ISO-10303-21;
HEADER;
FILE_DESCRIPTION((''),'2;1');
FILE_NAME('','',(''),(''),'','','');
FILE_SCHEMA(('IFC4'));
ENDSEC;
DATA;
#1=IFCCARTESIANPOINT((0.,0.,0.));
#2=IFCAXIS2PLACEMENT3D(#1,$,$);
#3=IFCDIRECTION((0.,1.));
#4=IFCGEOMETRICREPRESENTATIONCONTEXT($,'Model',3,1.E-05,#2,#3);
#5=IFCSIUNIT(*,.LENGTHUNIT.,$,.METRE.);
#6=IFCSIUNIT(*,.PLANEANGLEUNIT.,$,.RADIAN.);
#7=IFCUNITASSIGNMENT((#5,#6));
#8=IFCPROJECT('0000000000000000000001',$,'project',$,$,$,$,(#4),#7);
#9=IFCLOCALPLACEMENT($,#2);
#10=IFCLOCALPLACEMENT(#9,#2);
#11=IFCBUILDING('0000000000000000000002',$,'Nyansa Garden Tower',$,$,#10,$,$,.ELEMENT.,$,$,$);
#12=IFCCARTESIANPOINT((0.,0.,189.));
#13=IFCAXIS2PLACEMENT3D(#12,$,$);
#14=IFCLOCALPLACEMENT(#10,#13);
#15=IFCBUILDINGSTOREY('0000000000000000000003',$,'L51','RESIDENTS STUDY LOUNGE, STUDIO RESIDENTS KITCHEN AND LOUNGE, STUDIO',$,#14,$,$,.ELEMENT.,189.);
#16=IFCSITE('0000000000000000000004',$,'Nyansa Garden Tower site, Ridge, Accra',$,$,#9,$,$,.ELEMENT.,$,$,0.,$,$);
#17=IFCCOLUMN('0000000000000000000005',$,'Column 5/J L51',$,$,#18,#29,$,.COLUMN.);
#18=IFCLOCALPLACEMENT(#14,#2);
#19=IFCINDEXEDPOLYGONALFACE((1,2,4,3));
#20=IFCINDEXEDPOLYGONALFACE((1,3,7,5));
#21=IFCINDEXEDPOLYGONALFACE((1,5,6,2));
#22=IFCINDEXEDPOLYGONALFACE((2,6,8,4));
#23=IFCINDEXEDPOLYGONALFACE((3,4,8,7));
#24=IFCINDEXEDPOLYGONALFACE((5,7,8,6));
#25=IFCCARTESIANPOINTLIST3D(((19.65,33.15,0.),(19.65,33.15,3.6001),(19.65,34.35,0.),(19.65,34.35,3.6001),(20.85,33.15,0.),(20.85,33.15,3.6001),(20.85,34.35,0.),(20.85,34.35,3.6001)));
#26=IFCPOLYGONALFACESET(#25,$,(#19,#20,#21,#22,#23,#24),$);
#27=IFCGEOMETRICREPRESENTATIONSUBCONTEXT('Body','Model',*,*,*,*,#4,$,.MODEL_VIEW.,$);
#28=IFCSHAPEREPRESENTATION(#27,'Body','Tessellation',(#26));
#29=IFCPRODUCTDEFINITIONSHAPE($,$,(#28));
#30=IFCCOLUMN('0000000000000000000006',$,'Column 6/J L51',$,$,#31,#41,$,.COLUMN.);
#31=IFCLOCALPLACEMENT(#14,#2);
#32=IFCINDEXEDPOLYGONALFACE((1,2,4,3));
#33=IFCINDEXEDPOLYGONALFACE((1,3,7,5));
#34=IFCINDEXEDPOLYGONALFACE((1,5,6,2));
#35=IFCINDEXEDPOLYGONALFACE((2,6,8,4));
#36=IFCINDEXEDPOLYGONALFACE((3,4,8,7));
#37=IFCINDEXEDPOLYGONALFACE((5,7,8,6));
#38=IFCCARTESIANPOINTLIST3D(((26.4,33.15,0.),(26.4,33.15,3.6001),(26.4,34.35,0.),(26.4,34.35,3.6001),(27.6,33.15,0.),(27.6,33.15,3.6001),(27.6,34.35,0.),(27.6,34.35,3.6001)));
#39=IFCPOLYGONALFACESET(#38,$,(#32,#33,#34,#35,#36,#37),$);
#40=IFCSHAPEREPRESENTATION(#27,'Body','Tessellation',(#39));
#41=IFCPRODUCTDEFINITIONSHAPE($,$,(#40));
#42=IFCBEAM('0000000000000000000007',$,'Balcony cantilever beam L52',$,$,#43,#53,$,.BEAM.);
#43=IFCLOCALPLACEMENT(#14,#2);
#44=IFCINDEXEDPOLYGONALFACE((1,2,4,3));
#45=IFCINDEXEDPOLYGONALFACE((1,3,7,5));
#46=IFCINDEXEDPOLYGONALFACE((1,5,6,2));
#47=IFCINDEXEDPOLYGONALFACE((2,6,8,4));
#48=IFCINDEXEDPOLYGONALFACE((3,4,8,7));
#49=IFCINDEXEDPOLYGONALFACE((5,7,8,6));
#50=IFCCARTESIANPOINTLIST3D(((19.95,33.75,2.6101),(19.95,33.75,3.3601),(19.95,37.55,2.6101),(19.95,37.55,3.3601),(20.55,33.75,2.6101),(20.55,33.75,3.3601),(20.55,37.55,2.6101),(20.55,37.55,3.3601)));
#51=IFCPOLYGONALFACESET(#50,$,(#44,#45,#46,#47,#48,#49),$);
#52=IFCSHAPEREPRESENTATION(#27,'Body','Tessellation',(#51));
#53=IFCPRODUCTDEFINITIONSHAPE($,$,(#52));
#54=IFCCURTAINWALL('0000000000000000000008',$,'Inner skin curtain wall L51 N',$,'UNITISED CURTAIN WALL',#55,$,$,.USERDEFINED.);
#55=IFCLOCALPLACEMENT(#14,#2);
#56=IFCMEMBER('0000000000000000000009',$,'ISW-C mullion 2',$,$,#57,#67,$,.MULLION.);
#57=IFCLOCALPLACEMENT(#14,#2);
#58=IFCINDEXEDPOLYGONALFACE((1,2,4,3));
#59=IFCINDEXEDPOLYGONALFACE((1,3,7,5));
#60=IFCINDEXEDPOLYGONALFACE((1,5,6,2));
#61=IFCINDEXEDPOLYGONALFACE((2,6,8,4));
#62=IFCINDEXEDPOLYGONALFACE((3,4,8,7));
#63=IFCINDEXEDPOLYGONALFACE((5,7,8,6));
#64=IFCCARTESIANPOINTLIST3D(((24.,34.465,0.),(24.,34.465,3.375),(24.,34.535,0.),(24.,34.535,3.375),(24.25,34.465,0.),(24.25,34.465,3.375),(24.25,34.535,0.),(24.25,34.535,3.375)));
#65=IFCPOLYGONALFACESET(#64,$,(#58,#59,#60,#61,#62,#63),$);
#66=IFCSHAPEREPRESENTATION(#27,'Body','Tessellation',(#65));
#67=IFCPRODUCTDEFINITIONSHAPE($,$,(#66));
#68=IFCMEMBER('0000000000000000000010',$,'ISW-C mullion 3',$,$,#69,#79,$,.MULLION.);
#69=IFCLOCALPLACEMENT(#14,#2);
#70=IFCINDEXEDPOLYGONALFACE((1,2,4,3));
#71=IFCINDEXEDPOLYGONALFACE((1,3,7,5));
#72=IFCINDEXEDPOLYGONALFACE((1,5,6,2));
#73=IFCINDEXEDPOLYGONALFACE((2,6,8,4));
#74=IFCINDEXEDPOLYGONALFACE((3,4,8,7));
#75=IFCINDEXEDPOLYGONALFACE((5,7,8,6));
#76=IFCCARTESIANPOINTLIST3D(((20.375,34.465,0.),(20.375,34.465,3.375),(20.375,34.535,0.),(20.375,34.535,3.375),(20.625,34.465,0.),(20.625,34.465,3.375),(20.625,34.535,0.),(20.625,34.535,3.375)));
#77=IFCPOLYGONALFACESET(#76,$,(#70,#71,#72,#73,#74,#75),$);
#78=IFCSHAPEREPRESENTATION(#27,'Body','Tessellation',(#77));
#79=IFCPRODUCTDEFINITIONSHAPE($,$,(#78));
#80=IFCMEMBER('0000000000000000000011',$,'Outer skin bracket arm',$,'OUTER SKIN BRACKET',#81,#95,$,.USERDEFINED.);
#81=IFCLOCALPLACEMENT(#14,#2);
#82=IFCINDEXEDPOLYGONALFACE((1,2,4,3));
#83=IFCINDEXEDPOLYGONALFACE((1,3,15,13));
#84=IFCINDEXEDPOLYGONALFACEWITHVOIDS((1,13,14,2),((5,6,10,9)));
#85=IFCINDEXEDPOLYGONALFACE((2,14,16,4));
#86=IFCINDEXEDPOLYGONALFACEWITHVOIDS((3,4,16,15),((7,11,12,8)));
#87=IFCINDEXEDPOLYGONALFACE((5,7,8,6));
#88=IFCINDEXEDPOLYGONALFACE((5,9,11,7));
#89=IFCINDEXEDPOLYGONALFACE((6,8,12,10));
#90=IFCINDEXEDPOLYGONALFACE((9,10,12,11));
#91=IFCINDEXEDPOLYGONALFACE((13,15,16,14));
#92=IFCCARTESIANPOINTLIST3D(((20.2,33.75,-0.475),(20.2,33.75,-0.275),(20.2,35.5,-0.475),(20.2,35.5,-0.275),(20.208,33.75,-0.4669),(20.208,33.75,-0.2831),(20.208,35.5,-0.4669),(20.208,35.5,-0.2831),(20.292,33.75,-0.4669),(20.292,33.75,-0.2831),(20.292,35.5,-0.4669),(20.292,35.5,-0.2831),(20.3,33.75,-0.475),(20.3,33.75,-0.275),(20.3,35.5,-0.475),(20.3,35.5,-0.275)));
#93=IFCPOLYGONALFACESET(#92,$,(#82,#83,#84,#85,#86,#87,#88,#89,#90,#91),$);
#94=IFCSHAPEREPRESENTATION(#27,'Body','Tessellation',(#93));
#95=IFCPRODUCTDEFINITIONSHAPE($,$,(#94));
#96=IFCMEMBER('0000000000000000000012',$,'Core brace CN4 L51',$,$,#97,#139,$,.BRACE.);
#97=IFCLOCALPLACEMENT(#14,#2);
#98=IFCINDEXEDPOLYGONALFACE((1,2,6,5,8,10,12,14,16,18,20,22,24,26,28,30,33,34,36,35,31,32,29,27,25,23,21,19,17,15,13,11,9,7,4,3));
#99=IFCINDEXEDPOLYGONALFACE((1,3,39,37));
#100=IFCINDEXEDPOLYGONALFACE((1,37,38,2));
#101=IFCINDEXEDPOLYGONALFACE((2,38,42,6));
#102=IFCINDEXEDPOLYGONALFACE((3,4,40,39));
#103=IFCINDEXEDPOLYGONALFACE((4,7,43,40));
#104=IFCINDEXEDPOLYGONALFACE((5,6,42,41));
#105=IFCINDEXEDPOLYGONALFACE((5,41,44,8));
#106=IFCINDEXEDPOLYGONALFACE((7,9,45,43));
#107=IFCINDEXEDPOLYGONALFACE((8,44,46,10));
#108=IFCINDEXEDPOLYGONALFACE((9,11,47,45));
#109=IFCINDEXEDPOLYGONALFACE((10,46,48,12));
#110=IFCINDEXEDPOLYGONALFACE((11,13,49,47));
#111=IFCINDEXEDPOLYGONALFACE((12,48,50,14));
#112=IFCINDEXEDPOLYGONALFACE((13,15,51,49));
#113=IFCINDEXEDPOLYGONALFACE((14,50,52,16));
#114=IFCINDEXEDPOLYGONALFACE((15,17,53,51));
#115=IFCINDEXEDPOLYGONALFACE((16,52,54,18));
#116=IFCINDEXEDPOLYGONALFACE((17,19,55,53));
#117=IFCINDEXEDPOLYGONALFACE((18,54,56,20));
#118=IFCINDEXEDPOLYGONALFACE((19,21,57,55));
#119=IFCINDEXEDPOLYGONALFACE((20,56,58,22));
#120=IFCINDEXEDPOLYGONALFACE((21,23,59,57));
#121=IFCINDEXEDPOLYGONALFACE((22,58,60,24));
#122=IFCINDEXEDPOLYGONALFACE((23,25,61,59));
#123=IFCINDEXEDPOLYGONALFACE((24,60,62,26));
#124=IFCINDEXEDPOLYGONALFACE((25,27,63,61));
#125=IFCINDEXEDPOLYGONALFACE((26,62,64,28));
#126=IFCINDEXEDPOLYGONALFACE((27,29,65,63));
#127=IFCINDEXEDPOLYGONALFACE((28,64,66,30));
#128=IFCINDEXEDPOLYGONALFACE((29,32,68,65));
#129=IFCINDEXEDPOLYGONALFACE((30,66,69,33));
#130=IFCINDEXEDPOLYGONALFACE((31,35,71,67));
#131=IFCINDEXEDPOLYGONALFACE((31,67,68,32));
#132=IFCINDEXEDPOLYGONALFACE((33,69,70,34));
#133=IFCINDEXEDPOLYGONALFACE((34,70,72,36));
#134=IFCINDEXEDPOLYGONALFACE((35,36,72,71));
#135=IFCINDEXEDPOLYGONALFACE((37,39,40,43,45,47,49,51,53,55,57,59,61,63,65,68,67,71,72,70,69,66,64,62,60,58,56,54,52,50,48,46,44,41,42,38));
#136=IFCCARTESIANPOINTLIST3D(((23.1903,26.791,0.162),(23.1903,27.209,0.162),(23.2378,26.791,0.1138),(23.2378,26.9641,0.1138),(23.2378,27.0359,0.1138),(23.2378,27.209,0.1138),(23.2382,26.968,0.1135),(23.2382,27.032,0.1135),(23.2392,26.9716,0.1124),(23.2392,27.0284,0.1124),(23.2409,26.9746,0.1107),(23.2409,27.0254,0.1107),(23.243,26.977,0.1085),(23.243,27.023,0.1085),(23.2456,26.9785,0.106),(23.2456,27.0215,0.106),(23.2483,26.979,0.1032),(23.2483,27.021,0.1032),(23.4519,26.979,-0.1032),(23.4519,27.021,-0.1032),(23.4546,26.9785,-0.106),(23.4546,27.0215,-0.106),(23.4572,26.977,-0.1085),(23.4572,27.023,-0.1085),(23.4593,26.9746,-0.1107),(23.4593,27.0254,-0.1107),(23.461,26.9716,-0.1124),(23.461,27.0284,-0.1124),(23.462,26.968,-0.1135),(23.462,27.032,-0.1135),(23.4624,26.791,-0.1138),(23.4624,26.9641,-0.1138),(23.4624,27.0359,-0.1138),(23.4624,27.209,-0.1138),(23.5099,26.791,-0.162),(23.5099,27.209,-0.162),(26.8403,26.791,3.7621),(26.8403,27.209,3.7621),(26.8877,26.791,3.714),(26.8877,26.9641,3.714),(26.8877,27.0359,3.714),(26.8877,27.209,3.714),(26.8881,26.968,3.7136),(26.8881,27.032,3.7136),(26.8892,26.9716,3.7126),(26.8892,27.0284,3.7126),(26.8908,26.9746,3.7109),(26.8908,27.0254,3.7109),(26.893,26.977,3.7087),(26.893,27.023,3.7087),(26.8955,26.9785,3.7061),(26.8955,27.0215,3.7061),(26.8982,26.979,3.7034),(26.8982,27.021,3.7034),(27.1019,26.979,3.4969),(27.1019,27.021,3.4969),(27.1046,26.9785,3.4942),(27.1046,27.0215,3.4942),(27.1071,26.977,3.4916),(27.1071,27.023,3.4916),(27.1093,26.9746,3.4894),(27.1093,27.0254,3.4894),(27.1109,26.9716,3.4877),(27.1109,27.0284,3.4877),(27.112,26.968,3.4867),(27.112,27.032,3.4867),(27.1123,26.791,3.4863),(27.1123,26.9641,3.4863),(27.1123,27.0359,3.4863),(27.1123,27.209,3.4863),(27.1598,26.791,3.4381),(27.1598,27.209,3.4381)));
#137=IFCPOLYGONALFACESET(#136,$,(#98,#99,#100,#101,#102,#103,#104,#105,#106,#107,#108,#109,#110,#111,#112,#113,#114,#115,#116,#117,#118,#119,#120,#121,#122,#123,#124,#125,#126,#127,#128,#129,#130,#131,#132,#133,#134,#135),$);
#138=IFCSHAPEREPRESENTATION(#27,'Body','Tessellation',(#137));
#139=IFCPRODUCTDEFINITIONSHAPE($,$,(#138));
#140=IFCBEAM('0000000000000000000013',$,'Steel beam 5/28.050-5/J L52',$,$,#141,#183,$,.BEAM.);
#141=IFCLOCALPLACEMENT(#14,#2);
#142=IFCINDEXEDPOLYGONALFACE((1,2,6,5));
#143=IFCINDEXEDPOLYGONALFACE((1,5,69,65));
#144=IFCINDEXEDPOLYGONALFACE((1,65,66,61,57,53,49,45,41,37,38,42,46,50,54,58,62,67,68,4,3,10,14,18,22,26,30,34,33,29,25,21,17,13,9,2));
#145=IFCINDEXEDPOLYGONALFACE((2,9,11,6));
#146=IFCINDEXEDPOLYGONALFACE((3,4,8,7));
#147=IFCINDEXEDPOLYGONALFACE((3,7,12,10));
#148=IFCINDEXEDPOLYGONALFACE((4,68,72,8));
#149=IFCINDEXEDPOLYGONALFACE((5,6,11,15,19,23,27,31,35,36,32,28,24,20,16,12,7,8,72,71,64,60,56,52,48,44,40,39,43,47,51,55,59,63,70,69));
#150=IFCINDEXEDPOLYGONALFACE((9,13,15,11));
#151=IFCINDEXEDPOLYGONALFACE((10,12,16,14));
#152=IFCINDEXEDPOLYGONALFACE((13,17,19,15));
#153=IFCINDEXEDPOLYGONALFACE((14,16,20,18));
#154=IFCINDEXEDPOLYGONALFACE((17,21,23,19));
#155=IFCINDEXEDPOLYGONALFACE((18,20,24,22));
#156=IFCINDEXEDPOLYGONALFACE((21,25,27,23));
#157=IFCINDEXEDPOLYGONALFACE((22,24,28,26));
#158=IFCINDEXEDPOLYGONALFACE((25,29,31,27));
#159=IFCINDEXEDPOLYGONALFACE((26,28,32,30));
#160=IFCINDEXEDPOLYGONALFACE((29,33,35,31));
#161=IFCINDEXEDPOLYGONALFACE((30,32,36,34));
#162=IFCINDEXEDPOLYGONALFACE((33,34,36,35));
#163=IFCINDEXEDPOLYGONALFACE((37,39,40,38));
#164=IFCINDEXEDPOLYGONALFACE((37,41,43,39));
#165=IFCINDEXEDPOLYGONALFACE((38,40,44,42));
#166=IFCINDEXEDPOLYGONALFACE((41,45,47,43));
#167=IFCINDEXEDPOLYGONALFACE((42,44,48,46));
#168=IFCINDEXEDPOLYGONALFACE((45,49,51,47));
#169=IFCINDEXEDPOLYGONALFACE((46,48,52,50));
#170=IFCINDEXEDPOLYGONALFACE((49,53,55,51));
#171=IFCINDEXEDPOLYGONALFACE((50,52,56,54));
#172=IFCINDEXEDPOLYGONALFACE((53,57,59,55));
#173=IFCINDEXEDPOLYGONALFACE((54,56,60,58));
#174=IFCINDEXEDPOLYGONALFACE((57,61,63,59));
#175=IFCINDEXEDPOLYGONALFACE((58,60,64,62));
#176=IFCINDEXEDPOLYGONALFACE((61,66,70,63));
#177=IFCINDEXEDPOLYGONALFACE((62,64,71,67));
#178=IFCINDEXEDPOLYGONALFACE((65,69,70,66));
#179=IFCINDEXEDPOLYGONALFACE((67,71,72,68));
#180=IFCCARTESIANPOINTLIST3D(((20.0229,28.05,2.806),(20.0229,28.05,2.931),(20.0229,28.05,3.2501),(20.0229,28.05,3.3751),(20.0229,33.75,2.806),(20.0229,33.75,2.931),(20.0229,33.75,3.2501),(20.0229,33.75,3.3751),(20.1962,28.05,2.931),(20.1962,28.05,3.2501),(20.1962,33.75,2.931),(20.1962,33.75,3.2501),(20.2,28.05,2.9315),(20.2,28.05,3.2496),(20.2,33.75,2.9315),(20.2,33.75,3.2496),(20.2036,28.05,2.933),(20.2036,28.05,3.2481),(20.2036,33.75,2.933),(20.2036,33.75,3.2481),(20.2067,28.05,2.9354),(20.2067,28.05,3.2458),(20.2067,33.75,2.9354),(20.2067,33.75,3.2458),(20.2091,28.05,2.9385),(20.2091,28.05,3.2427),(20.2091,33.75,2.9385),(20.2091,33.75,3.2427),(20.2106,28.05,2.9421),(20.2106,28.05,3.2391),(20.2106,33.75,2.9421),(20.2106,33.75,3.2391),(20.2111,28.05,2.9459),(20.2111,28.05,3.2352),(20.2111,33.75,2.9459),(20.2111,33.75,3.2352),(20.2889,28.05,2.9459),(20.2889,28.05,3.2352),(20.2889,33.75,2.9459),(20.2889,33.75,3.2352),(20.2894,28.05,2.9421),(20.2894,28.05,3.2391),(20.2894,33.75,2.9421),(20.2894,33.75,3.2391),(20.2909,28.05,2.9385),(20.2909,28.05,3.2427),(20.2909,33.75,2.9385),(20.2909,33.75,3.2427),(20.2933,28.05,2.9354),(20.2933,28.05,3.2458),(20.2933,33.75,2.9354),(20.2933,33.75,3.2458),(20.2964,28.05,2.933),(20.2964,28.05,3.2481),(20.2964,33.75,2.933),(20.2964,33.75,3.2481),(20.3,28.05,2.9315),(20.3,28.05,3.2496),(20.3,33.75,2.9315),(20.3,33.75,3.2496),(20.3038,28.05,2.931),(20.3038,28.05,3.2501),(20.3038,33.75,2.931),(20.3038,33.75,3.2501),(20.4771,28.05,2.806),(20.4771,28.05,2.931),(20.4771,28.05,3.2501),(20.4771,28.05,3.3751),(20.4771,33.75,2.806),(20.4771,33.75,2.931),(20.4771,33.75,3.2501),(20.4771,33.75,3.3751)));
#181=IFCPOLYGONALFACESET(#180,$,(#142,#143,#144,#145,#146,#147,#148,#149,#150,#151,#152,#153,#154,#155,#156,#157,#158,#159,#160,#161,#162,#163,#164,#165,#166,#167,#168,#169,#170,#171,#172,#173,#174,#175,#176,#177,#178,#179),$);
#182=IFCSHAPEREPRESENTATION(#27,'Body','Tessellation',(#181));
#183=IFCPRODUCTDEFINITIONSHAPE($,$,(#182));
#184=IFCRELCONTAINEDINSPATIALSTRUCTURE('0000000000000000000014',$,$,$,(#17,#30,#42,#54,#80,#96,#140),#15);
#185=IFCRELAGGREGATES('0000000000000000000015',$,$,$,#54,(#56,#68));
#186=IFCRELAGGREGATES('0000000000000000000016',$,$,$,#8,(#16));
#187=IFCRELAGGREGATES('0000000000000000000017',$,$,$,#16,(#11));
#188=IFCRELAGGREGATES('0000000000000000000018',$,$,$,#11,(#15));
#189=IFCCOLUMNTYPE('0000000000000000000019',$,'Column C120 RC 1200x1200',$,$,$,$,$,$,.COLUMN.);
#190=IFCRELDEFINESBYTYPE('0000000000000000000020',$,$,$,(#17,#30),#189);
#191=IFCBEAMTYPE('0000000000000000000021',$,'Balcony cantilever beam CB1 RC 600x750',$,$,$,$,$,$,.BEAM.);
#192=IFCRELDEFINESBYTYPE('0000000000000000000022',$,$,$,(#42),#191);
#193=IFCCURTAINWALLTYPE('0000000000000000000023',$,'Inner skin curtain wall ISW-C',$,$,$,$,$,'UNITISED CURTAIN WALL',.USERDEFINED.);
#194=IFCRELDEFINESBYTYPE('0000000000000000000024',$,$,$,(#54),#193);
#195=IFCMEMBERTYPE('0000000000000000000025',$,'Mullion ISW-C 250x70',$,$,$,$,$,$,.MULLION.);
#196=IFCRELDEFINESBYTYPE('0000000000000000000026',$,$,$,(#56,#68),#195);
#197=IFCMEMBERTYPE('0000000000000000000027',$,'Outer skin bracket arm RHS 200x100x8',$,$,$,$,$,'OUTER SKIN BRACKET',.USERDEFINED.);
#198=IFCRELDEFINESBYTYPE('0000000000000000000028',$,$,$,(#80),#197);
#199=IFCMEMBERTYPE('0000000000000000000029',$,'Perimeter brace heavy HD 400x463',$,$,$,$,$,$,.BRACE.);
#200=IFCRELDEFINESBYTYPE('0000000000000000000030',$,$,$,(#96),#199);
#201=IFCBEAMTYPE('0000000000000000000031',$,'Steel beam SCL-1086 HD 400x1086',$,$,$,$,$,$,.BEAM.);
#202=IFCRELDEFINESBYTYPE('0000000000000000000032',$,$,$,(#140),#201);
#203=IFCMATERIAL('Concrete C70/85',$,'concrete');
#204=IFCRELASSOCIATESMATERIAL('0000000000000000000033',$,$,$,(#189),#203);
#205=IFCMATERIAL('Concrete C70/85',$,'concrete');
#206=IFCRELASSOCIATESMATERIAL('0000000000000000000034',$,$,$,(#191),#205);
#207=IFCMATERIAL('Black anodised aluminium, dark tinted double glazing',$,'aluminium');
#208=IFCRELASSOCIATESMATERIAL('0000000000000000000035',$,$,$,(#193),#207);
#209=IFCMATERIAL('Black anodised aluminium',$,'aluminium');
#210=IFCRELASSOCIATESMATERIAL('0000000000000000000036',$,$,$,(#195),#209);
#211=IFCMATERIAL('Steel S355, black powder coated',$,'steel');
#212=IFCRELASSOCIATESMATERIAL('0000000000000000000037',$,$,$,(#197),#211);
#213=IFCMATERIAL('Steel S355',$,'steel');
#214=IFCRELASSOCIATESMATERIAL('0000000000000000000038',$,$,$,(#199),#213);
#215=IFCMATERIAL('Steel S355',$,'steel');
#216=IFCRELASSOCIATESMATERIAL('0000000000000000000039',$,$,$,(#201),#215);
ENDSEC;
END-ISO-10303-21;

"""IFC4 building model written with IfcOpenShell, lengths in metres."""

from ifc_helpers import new_model, si_unit, direction, frame, origin, origin_2d, place, context, subcontext, project, spatial, rectangle, hollow_rectangle, i_section, extrude, material, material_profile, profile_set, type_object, element, aggregate, save


model = new_model("IFC4")

# Units and contexts
model_context = context("Model", 3, precision=1e-05, world=origin(), true_north=direction((0.0, 1.0)))
body_context = subcontext(model_context, "Body", "Model", "MODEL_VIEW")
ifc_project = project(units=[si_unit("LENGTHUNIT", "METRE"), si_unit("PLANEANGLEUNIT", "RADIAN")], contexts=[model_context])

# Site, building, storey
site_placement = place(None, origin())
site = spatial("IfcSite", under=ifc_project, at=site_placement, Name="Nyansa Garden Tower site, Ridge, Accra", CompositionType="ELEMENT", RefElevation=0.0)
building_placement = place(site_placement, origin())
building = spatial("IfcBuilding", under=site, at=building_placement, Name="Nyansa Garden Tower", CompositionType="ELEMENT")
storey_placement = place(building_placement, frame((0.0, 0.0, 189.0)))
storey = spatial("IfcBuildingStorey", under=building, at=storey_placement, Name="L51", Description="RESIDENTS STUDY LOUNGE, STUDIO RESIDENTS KITCHEN AND LOUNGE, STUDIO", CompositionType="ELEMENT", Elevation=189.0)

# Columns
ifc_material_1 = material(Name="Concrete C70/85", Category="concrete")
ifc_material_profile_1 = material_profile(ifc_material_1, rectangle(XDim=1.2, YDim=1.2, at=origin_2d()), Name="RC 1200x1200")
ifc_profile_set_1 = profile_set([ifc_material_profile_1], Name="Concrete C70/85")
column_type = type_object("IfcColumnType", Name="Column C120 RC 1200x1200", PredefinedType="COLUMN", material=ifc_profile_set_1)
for number, where, z_axis, x_axis, name in (
    (1, (20.25, 33.75, 0.0), (0.0, 0.0, 1.0), (1.0, 0.0, 0.0), "Column 5/J L51"),
    (2, (27.0, 33.75, 0.0), (0.0, 0.0, 1.0), (1.0, 0.0, 0.0), "Column 6/J L51"),
):
    element("IfcColumn", number, at=place(storey_placement, frame(where, z_axis=z_axis, x_axis=x_axis)), inside=storey, type_object=column_type, Name=name, PredefinedType="COLUMN", context=body_context, shape_type="SweptSolid", body=[
        extrude(rectangle(XDim=1.2, YDim=1.2, at=origin_2d()), origin(), (0.0, 0.0, 1.0), 3.6001),
    ])

# Beam
ifc_material_2 = material(Name="Concrete C70/85", Category="concrete")
ifc_material_profile_2 = material_profile(ifc_material_2, rectangle(XDim=0.6001, YDim=0.75, at=origin_2d()), Name="RC 600x750")
ifc_profile_set_2 = profile_set([ifc_material_profile_2], Name="Concrete C70/85")
beam_type_1 = type_object("IfcBeamType", Name="Balcony cantilever beam CB1 RC 600x750", PredefinedType="BEAM", material=ifc_profile_set_2)
beam_1_placement = place(storey_placement, frame((20.25, 33.75, 2.9851), z_axis=(0.0, 1.0, 0.0), x_axis=(-1.0, 0.0, 0.0)))
element("IfcBeam", 3, at=beam_1_placement, inside=storey, type_object=beam_type_1, Name="Balcony cantilever beam L52", PredefinedType="BEAM", context=body_context, shape_type="SweptSolid", body=[
    extrude(rectangle(XDim=0.6001, YDim=0.75, at=origin_2d()), origin(), (0.0, 0.0, 1.0), 3.8),
])

# Curtain wall, members
ifc_material_3 = material(Name="Black anodised aluminium, dark tinted double glazing", Category="aluminium")
curtain_wall_type = type_object("IfcCurtainWallType", Name="Inner skin curtain wall ISW-C", ElementType="UNITISED CURTAIN WALL", PredefinedType="USERDEFINED", material=ifc_material_3)
curtain_wall_placement = place(storey_placement, origin())
curtain_wall = element("IfcCurtainWall", 4, at=curtain_wall_placement, inside=storey, type_object=curtain_wall_type, Name="Inner skin curtain wall L51 N", ObjectType="UNITISED CURTAIN WALL", PredefinedType="USERDEFINED")
ifc_material_4 = material(Name="Black anodised aluminium", Category="aluminium")
ifc_material_profile_3 = material_profile(ifc_material_4, rectangle(XDim=0.0701, YDim=0.25, at=origin_2d()), Name="Mullion 250x70")
ifc_profile_set_3 = profile_set([ifc_material_profile_3], Name="Black anodised aluminium")
member_type_1 = type_object("IfcMemberType", Name="Mullion ISW-C 250x70", PredefinedType="MULLION", material=ifc_profile_set_3)
member_1_placement = place(storey_placement, frame((24.125, 34.5, 0.0), z_axis=(0.0, 0.0, 1.0), x_axis=(0.0, -1.0, 0.0)))
member_1 = element("IfcMember", 5, at=member_1_placement, type_object=member_type_1, Name="ISW-C mullion 2", PredefinedType="MULLION", context=body_context, shape_type="SweptSolid", body=[
    extrude(rectangle(XDim=0.0701, YDim=0.25, at=origin_2d()), origin(), (0.0, 0.0, 1.0), 3.375),
])
member_2_placement = place(storey_placement, frame((20.5, 34.5, 0.0), z_axis=(0.0, 0.0, 1.0), x_axis=(0.0, -1.0, 0.0)))
member_2 = element("IfcMember", 6, at=member_2_placement, type_object=member_type_1, Name="ISW-C mullion 3", PredefinedType="MULLION", context=body_context, shape_type="SweptSolid", body=[
    extrude(rectangle(XDim=0.0701, YDim=0.25, at=origin_2d()), origin(), (0.0, 0.0, 1.0), 3.375),
])

# Members
ifc_material_5 = material(Name="Steel S355, black powder coated", Category="steel")
ifc_material_profile_4 = material_profile(ifc_material_5, hollow_rectangle(XDim=0.1001, YDim=0.2, WallThickness=0.0081, at=origin_2d()), Name="RHS 200x100x8")
ifc_profile_set_4 = profile_set([ifc_material_profile_4], Name="Steel S355, black powder coated")
member_type_2 = type_object("IfcMemberType", Name="Outer skin bracket arm RHS 200x100x8", ElementType="OUTER SKIN BRACKET", PredefinedType="USERDEFINED", material=ifc_profile_set_4)
member_3_placement = place(storey_placement, frame((20.25, 33.75, -0.375), z_axis=(0.0, 1.0, 0.0), x_axis=(-1.0, 0.0, 0.0)))
element("IfcMember", 7, at=member_3_placement, inside=storey, type_object=member_type_2, Name="Outer skin bracket arm", ObjectType="OUTER SKIN BRACKET", PredefinedType="USERDEFINED", context=body_context, shape_type="SweptSolid", body=[
    extrude(hollow_rectangle(XDim=0.1001, YDim=0.2, WallThickness=0.0081, at=origin_2d()), origin(), (0.0, 0.0, 1.0), 1.75),
])
ifc_material_6 = material(Name="Steel S355", Category="steel")
ifc_material_profile_5 = material_profile(ifc_material_6, i_section(OverallWidth=0.418, OverallDepth=0.4551, WebThickness=0.042, FlangeThickness=0.0676, FilletRadius=0.0149, at=origin_2d()), Name="HD 400x463")
ifc_profile_set_5 = profile_set([ifc_material_profile_5], Name="Steel S355")
member_type_3 = type_object("IfcMemberType", Name="Perimeter brace heavy HD 400x463", PredefinedType="BRACE", material=ifc_profile_set_5)
member_4_placement = place(storey_placement, frame((23.3501, 27.0, 0.0), z_axis=(0.711948, 0.0, 0.702233), x_axis=(0.0, 1.0, 0.0)))
element("IfcMember", 8, at=member_4_placement, inside=storey, type_object=member_type_3, Name="Core brace CN4 L51", PredefinedType="BRACE", context=body_context, shape_type="SweptSolid", body=[
    extrude(i_section(OverallWidth=0.418, OverallDepth=0.4551, WebThickness=0.042, FlangeThickness=0.0676, FilletRadius=0.0149, at=origin_2d()), origin(), (0.0, 0.0, 1.0), 5.1267),
])

# Beam
ifc_material_7 = material(Name="Steel S355", Category="steel")
ifc_material_profile_6 = material_profile(ifc_material_7, i_section(OverallWidth=0.4541, OverallDepth=0.5691, WebThickness=0.0779, FlangeThickness=0.125, FilletRadius=0.0149, at=origin_2d()), Name="HD 400x1086")
ifc_profile_set_6 = profile_set([ifc_material_profile_6], Name="Steel S355")
beam_type_2 = type_object("IfcBeamType", Name="Steel beam SCL-1086 HD 400x1086", PredefinedType="BEAM", material=ifc_profile_set_6)
for number, where, z_axis, x_axis, name in (
    (9, (20.25, 28.05, 3.0906), (0.0, 1.0, 0.0), (-1.0, 0.0, 0.0), "Steel beam 5/28.050-5/J L52"),
):
    element("IfcBeam", number, at=place(storey_placement, frame(where, z_axis=z_axis, x_axis=x_axis)), inside=storey, type_object=beam_type_2, Name=name, PredefinedType="BEAM", context=body_context, shape_type="SweptSolid", body=[
        extrude(i_section(OverallWidth=0.4541, OverallDepth=0.5691, WebThickness=0.0779, FlangeThickness=0.125, FilletRadius=0.0149, at=origin_2d()), origin(), (0.0, 0.0, 1.0), 5.7),
    ])

aggregate(curtain_wall, [member_1, member_2])

save(model, "model.ifc")
